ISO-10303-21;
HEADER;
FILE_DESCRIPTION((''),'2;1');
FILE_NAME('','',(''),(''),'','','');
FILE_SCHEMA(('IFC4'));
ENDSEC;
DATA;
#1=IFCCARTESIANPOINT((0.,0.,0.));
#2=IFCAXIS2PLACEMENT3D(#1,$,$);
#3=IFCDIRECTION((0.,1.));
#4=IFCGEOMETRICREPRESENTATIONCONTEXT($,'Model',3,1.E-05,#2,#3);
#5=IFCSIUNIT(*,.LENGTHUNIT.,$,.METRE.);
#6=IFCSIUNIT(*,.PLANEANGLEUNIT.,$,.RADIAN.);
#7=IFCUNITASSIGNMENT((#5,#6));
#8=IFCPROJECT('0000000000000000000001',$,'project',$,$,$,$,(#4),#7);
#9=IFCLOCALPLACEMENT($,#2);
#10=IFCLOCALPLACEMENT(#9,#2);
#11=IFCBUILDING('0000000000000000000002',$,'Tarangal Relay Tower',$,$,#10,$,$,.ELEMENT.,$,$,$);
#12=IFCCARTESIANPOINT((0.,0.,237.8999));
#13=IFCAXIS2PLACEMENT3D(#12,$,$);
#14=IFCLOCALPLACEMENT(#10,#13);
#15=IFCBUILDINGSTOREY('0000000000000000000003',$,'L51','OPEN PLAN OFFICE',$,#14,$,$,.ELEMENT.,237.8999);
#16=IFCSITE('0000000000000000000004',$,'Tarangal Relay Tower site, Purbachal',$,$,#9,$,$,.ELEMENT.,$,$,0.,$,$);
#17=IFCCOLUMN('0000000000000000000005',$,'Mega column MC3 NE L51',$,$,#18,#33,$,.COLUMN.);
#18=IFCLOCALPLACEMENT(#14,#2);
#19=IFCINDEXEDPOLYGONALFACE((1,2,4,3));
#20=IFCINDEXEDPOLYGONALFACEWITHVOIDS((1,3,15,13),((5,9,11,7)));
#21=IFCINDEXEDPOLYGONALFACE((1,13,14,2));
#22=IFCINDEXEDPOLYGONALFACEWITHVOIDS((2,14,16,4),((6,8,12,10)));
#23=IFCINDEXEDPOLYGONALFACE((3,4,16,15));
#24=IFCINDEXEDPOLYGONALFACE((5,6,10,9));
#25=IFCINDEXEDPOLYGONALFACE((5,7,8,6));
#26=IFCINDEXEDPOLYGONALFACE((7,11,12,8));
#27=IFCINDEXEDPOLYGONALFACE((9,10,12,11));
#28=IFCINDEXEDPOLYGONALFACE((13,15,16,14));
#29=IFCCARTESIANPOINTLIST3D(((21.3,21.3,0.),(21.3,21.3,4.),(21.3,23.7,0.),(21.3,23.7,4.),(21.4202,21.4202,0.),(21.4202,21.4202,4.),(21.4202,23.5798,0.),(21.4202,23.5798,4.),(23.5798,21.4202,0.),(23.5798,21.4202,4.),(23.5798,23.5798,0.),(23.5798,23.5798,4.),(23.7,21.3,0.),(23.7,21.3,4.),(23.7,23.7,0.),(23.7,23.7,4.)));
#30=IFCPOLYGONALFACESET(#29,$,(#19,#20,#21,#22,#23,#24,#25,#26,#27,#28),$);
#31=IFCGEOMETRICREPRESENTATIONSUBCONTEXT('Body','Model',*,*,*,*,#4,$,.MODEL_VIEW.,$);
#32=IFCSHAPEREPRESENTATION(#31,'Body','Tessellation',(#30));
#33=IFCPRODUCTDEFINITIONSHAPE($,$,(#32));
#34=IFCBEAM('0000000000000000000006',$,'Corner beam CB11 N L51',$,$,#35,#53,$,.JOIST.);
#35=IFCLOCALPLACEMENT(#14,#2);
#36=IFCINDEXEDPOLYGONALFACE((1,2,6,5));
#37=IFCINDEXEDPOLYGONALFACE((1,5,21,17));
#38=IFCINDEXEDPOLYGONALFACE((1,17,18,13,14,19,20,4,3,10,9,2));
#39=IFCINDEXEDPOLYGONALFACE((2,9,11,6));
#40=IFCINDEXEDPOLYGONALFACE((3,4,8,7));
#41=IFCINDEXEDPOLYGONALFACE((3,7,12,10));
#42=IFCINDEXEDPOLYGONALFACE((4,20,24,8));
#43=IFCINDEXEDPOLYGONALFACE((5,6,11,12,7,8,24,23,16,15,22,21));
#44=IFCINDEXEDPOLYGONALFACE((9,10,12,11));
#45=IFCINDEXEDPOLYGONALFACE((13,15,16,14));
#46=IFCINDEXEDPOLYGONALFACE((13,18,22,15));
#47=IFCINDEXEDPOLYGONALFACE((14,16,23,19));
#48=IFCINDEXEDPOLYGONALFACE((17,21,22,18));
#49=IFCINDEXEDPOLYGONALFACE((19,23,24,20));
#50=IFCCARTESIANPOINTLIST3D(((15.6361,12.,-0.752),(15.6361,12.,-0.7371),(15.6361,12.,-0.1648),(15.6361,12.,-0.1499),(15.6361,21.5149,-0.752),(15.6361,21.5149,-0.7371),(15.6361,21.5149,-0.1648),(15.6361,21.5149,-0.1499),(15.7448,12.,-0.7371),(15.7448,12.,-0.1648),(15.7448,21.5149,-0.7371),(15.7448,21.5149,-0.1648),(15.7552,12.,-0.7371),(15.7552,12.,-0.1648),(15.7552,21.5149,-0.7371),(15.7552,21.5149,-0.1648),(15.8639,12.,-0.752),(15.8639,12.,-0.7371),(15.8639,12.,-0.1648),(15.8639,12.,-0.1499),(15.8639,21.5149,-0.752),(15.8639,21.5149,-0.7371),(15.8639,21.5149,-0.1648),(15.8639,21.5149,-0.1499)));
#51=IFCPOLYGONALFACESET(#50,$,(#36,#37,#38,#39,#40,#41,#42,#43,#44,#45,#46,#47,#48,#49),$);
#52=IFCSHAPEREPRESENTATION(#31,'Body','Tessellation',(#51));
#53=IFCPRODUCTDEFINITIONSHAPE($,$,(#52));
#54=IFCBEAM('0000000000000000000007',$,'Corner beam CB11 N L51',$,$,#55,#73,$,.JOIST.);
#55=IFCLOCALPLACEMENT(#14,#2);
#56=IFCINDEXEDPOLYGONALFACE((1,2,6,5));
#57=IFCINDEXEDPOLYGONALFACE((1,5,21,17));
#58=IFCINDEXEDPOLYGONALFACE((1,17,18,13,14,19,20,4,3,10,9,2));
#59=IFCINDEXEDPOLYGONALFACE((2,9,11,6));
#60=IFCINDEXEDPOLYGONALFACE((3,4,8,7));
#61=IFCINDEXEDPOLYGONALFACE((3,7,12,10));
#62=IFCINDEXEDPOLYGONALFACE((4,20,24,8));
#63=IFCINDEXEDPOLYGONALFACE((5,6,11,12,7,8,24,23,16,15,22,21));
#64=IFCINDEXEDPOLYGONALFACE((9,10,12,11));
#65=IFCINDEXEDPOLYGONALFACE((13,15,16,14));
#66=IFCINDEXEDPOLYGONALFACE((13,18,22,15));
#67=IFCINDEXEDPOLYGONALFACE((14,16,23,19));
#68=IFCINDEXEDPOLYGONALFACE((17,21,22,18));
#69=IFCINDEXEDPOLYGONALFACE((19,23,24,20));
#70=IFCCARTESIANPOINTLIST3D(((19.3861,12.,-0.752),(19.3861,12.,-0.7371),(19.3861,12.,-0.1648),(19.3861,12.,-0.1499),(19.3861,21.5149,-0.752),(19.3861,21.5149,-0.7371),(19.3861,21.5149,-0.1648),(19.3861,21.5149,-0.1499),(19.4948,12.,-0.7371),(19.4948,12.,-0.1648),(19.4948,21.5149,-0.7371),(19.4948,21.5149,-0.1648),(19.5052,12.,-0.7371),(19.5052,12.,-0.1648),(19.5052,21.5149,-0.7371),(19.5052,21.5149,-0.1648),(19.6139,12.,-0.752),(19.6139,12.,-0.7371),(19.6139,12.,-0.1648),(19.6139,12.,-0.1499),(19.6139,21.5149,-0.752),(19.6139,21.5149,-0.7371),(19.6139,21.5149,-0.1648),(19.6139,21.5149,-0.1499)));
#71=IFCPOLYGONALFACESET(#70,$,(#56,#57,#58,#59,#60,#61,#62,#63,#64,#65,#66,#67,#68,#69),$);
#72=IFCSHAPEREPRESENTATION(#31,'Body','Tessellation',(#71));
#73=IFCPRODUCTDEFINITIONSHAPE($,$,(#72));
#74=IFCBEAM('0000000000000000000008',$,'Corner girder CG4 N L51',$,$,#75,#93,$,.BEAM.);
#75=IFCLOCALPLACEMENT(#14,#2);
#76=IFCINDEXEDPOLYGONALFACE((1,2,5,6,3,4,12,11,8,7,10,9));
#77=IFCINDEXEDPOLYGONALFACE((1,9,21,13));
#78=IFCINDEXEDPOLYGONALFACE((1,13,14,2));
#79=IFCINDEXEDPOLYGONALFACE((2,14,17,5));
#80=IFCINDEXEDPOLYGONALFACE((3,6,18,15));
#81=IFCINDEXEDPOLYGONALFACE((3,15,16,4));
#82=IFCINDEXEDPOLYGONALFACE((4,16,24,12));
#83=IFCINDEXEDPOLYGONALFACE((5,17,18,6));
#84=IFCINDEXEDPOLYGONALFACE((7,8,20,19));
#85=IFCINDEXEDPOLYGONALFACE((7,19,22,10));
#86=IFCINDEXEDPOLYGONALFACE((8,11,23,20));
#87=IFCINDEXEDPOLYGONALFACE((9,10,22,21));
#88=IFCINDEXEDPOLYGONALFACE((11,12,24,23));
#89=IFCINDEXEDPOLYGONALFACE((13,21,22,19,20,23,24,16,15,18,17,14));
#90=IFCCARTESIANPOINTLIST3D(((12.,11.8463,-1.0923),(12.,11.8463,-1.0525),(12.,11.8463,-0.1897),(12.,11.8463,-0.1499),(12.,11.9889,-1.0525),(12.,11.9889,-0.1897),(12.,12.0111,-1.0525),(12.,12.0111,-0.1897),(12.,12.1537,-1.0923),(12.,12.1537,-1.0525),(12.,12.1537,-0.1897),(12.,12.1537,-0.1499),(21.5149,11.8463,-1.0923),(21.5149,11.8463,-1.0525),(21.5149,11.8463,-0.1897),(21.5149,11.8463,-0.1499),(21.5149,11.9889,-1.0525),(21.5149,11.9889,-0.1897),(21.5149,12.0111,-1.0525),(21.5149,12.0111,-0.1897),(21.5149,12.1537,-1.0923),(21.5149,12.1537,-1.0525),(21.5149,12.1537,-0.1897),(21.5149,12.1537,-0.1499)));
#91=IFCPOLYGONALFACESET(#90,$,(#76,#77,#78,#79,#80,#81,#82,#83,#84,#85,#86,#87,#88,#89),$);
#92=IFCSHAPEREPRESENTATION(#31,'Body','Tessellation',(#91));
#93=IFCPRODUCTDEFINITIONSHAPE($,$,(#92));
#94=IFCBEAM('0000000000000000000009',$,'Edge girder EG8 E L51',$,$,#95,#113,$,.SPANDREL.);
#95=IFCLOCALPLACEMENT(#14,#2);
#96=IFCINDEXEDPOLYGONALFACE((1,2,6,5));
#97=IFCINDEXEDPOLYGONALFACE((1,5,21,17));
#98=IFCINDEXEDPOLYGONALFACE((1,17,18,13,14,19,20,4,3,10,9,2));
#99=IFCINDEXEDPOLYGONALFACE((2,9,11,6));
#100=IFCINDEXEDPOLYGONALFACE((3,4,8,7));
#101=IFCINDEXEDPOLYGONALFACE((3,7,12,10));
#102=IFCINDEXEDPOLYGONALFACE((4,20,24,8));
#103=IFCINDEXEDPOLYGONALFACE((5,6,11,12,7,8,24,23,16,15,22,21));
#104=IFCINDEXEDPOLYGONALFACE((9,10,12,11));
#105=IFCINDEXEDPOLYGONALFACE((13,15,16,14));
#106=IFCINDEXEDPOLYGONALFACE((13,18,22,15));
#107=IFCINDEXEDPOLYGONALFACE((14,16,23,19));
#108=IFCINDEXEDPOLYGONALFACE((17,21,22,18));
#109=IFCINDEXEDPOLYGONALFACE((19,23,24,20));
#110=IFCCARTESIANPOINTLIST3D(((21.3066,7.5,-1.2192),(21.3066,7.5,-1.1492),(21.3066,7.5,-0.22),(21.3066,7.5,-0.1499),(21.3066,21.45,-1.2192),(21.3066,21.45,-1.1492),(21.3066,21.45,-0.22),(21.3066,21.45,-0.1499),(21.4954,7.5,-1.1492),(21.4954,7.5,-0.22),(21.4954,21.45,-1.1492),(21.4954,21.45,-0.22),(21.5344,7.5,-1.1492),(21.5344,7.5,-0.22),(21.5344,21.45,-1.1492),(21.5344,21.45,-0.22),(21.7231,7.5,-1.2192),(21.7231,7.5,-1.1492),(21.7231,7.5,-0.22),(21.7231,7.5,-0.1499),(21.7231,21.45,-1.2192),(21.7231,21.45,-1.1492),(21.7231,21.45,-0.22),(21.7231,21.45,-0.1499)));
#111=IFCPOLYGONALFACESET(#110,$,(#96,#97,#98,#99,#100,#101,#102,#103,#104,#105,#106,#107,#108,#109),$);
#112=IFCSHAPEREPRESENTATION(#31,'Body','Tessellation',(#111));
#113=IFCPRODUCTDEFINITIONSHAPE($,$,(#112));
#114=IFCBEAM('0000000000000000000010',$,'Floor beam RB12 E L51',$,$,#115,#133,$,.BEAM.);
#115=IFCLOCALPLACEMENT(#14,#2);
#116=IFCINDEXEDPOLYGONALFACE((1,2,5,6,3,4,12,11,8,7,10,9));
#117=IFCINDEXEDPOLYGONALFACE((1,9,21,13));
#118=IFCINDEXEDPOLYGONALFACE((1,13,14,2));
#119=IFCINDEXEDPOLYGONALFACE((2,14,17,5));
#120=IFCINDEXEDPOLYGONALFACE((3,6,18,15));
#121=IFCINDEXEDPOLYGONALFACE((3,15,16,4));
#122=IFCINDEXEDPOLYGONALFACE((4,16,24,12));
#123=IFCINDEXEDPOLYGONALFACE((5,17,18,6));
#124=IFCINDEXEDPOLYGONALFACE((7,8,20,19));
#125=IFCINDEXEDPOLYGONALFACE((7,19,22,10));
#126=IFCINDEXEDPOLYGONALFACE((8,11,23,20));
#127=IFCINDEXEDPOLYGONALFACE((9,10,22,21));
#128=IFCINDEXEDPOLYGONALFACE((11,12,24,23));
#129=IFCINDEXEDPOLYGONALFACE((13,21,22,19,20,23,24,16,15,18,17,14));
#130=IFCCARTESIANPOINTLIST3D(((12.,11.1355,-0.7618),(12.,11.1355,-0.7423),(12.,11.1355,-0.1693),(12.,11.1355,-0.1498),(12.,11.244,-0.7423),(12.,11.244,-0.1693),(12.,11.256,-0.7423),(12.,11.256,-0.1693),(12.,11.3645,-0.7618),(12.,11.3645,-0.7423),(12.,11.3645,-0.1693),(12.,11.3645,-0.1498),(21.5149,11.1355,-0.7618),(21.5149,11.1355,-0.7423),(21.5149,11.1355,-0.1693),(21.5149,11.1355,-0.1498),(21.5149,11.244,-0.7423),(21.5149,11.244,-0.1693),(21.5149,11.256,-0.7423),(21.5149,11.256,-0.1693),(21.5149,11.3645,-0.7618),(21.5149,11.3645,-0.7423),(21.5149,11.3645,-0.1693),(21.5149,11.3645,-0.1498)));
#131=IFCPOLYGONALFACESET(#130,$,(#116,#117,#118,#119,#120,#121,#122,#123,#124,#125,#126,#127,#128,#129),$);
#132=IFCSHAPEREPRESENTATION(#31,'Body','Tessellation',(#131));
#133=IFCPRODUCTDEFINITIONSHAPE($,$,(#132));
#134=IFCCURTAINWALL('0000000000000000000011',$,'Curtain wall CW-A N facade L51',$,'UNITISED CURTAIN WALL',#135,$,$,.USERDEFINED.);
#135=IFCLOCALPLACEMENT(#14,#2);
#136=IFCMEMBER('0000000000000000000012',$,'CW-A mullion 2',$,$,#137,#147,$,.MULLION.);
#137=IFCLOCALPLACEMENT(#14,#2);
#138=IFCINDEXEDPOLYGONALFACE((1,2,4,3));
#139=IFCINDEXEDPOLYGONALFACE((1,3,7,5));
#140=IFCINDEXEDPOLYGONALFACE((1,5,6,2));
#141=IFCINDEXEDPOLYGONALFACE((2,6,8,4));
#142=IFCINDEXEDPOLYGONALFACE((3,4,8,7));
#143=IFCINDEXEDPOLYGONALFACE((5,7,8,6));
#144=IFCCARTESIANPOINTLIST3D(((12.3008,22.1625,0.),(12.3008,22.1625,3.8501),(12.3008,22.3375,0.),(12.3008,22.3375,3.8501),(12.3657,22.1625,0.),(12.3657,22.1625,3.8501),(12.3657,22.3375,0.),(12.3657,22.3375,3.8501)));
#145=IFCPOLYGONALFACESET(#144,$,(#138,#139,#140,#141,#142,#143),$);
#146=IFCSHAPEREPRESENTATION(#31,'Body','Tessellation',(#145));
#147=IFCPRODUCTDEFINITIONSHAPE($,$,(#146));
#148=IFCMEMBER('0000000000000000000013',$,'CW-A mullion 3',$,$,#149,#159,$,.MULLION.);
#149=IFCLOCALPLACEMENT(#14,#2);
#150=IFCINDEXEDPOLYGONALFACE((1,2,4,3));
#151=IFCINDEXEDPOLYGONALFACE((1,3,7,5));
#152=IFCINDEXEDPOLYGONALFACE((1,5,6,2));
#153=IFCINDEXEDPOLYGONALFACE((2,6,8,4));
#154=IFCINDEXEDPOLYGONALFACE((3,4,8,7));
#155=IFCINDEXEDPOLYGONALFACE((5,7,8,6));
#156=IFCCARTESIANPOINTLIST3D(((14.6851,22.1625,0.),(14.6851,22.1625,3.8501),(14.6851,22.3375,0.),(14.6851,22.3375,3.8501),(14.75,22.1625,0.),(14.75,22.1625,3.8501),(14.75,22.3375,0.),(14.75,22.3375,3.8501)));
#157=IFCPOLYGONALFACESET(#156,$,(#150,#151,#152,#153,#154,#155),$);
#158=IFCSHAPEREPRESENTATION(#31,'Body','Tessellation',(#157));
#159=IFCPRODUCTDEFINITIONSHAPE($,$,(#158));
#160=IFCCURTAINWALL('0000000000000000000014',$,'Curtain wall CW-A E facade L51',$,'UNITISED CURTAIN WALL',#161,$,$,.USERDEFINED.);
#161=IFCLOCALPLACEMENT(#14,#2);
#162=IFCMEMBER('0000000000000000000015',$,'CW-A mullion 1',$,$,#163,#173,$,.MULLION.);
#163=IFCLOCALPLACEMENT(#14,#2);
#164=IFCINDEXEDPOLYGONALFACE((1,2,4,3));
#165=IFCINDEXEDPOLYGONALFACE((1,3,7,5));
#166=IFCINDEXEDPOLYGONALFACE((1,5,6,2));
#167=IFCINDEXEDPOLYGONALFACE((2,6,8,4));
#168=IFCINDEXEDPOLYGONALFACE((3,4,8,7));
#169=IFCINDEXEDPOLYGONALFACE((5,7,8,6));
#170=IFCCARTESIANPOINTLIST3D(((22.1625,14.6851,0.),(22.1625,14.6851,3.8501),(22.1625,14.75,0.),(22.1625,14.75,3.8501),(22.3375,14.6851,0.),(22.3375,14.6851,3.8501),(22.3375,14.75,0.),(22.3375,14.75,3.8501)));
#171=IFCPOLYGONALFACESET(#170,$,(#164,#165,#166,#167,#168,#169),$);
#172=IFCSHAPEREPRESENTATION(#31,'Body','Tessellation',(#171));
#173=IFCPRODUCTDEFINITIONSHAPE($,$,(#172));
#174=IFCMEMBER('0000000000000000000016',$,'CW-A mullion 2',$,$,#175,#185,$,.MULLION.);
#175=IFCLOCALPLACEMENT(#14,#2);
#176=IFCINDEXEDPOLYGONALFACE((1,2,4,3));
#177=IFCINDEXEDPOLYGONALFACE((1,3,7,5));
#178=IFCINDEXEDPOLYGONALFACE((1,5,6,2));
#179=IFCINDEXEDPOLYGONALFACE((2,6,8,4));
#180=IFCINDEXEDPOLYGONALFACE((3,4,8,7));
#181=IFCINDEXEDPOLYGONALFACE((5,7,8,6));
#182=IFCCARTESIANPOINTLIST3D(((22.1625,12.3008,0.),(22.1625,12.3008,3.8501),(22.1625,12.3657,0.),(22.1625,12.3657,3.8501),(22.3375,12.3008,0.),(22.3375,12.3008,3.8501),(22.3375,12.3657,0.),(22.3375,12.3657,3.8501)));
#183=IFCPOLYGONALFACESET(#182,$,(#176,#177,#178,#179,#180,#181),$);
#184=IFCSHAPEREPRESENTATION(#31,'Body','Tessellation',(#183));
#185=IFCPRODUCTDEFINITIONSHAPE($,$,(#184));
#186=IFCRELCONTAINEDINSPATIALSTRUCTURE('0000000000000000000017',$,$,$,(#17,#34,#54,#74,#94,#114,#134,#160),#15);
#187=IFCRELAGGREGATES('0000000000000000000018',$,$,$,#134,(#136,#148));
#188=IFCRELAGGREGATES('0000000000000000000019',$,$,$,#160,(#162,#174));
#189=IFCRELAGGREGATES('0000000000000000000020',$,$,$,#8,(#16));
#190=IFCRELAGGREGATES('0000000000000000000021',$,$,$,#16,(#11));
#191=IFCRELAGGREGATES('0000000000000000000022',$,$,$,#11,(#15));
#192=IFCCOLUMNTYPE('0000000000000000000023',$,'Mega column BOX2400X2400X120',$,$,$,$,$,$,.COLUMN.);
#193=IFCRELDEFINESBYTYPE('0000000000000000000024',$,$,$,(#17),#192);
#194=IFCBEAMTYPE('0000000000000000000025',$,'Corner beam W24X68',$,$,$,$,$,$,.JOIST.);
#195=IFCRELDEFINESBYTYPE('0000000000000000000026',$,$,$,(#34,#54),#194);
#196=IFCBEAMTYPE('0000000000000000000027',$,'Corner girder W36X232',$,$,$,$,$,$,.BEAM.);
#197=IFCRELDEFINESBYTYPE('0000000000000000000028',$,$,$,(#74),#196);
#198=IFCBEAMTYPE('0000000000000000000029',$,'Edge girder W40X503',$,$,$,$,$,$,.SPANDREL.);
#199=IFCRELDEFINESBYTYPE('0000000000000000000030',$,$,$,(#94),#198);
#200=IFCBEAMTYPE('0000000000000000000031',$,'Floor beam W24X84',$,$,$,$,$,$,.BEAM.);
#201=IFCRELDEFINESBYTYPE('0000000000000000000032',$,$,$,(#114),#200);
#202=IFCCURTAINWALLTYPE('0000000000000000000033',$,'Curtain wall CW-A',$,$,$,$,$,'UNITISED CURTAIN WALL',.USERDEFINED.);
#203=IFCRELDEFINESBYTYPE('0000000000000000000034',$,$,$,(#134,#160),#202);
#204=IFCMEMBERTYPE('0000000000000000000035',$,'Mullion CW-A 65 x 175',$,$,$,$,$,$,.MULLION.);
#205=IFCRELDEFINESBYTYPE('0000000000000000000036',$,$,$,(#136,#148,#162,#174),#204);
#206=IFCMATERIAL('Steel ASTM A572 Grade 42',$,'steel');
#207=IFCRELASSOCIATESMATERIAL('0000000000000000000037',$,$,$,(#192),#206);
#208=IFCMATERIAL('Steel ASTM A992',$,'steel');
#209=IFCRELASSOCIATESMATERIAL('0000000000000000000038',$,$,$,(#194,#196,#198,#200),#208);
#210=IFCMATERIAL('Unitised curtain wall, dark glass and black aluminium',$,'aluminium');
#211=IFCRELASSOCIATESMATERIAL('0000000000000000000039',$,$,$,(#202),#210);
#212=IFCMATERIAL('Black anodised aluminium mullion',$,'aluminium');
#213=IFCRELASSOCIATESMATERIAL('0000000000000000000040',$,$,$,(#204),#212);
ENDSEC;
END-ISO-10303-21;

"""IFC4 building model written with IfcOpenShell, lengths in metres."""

from ifc_helpers import new_model, si_unit, direction, frame, origin, origin_2d, place, context, subcontext, project, spatial, rectangle, hollow_rectangle, i_section, extrude, material, material_profile, profile_set, type_object, element, aggregate, save


model = new_model("IFC4")

# Units and contexts
model_context = context("Model", 3, precision=1e-05, world=origin(), true_north=direction((0.0, 1.0)))
body_context = subcontext(model_context, "Body", "Model", "MODEL_VIEW")
ifc_project = project(units=[si_unit("LENGTHUNIT", "METRE"), si_unit("PLANEANGLEUNIT", "RADIAN")], contexts=[model_context])

# Site, building, storey
site_placement = place(None, origin())
site = spatial("IfcSite", under=ifc_project, at=site_placement, Name="Tarangal Relay Tower site, Purbachal", CompositionType="ELEMENT", RefElevation=0.0)
building_placement = place(site_placement, origin())
building = spatial("IfcBuilding", under=site, at=building_placement, Name="Tarangal Relay Tower", CompositionType="ELEMENT")
storey_placement = place(building_placement, frame((0.0, 0.0, 237.8999)))
storey = spatial("IfcBuildingStorey", under=building, at=storey_placement, Name="L51", Description="OPEN PLAN OFFICE", CompositionType="ELEMENT", Elevation=237.8999)

# Column
ifc_material_1 = material(Name="Steel ASTM A572 Grade 42", Category="steel")
ifc_material_profile_1 = material_profile(ifc_material_1, hollow_rectangle(XDim=2.3999, YDim=2.3999, WallThickness=0.1201, at=origin_2d()), Name="BOX2400X2400X120")
ifc_profile_set_1 = profile_set([ifc_material_profile_1], Name="Steel ASTM A572 Grade 42")
column_type = type_object("IfcColumnType", Name="Mega column BOX2400X2400X120", PredefinedType="COLUMN", material=ifc_profile_set_1)
column_placement = place(storey_placement, frame((22.5, 22.5, 0.0), z_axis=(0.0, 0.0, 1.0), x_axis=(1.0, 0.0, 0.0)))
element("IfcColumn", 1, at=column_placement, inside=storey, type_object=column_type, Name="Mega column MC3 NE L51", PredefinedType="COLUMN", context=body_context, shape_type="SweptSolid", body=[
    extrude(hollow_rectangle(XDim=2.3999, YDim=2.3999, WallThickness=0.1201, at=origin_2d()), origin(), (0.0, 0.0, 1.0), 4.0),
])

# Beams
ifc_material_2 = material(Name="Steel ASTM A992", Category="steel")
ifc_material_profile_2 = material_profile(ifc_material_2, i_section(OverallWidth=0.2278, OverallDepth=0.6021, WebThickness=0.0105, FlangeThickness=0.0149, at=origin_2d()), Name="W24X68")
ifc_profile_set_2 = profile_set([ifc_material_profile_2], Name="Steel ASTM A992")
beam_type_1 = type_object("IfcBeamType", Name="Corner beam W24X68", PredefinedType="JOIST", material=ifc_profile_set_2)
for number, where, z_axis, x_axis, name in (
    (2, (15.75, 12.0, -0.4509), (0.0, 1.0, 0.0), (-1.0, 0.0, 0.0), "Corner beam CB11 N L51"),
    (3, (19.5, 12.0, -0.4509), (0.0, 1.0, 0.0), (-1.0, 0.0, 0.0), "Corner beam CB11 N L51"),
):
    element("IfcBeam", number, at=place(storey_placement, frame(where, z_axis=z_axis, x_axis=x_axis)), inside=storey, type_object=beam_type_1, Name=name, PredefinedType="JOIST", context=body_context, shape_type="SweptSolid", body=[
        extrude(i_section(OverallWidth=0.2278, OverallDepth=0.6021, WebThickness=0.0105, FlangeThickness=0.0149, at=origin_2d()), origin(), (0.0, 0.0, 1.0), 9.5149),
    ])
ifc_material_profile_3 = material_profile(ifc_material_2, i_section(OverallWidth=0.3074, OverallDepth=0.9424, WebThickness=0.0222, FlangeThickness=0.0398, at=origin_2d()), Name="W36X232")
ifc_profile_set_3 = profile_set([ifc_material_profile_3], Name="Steel ASTM A992")
beam_type_2 = type_object("IfcBeamType", Name="Corner girder W36X232", PredefinedType="BEAM", material=ifc_profile_set_3)
beam_1_placement = place(storey_placement, frame((12.0, 12.0, -0.6211), z_axis=(1.0, 0.0, 0.0), x_axis=(0.0, 1.0, 0.0)))
element("IfcBeam", 4, at=beam_1_placement, inside=storey, type_object=beam_type_2, Name="Corner girder CG4 N L51", PredefinedType="BEAM", context=body_context, shape_type="SweptSolid", body=[
    extrude(i_section(OverallWidth=0.3074, OverallDepth=0.9424, WebThickness=0.0222, FlangeThickness=0.0398, at=origin_2d()), origin(), (0.0, 0.0, 1.0), 9.5149),
])
ifc_material_profile_4 = material_profile(ifc_material_2, i_section(OverallWidth=0.4165, OverallDepth=1.0693, WebThickness=0.0391, FlangeThickness=0.0701, at=origin_2d()), Name="W40X503")
ifc_profile_set_4 = profile_set([ifc_material_profile_4], Name="Steel ASTM A992")
beam_type_3 = type_object("IfcBeamType", Name="Edge girder W40X503", PredefinedType="SPANDREL", material=ifc_profile_set_4)
beam_2_placement = place(storey_placement, frame((21.5149, 21.45, -0.6846), z_axis=(0.0, -1.0, 0.0), x_axis=(1.0, 0.0, 0.0)))
element("IfcBeam", 5, at=beam_2_placement, inside=storey, type_object=beam_type_3, Name="Edge girder EG8 E L51", PredefinedType="SPANDREL", context=body_context, shape_type="SweptSolid", body=[
    extrude(i_section(OverallWidth=0.4165, OverallDepth=1.0693, WebThickness=0.0391, FlangeThickness=0.0701, at=origin_2d()), origin(), (0.0, 0.0, 1.0), 13.95),
])
ifc_material_profile_5 = material_profile(ifc_material_2, i_section(OverallWidth=0.229, OverallDepth=0.6121, WebThickness=0.012, FlangeThickness=0.0195, at=origin_2d()), Name="W24X84")
ifc_profile_set_5 = profile_set([ifc_material_profile_5], Name="Steel ASTM A992")
beam_type_4 = type_object("IfcBeamType", Name="Floor beam W24X84", PredefinedType="BEAM", material=ifc_profile_set_5)
beam_3_placement = place(storey_placement, frame((12.0, 11.25, -0.4558), z_axis=(1.0, 0.0, 0.0), x_axis=(0.0, 1.0, 0.0)))
element("IfcBeam", 6, at=beam_3_placement, inside=storey, type_object=beam_type_4, Name="Floor beam RB12 E L51", PredefinedType="BEAM", context=body_context, shape_type="SweptSolid", body=[
    extrude(i_section(OverallWidth=0.229, OverallDepth=0.6121, WebThickness=0.012, FlangeThickness=0.0195, at=origin_2d()), origin(), (0.0, 0.0, 1.0), 9.5149),
])

# Curtain walls, members
ifc_material_3 = material(Name="Unitised curtain wall, dark glass and black aluminium", Category="aluminium")
curtain_wall_type = type_object("IfcCurtainWallType", Name="Curtain wall CW-A", ElementType="UNITISED CURTAIN WALL", PredefinedType="USERDEFINED", material=ifc_material_3)
curtain_wall_1_placement = place(storey_placement, origin())
curtain_wall_1 = element("IfcCurtainWall", 7, at=curtain_wall_1_placement, inside=storey, type_object=curtain_wall_type, Name="Curtain wall CW-A N facade L51", ObjectType="UNITISED CURTAIN WALL", PredefinedType="USERDEFINED")
ifc_material_4 = material(Name="Black anodised aluminium mullion", Category="aluminium")
ifc_material_profile_6 = material_profile(ifc_material_4, rectangle(XDim=0.175, YDim=0.0649, at=origin_2d()), Name="CW-AM 65X175")
ifc_profile_set_6 = profile_set([ifc_material_profile_6], Name="Black anodised aluminium mullion")
member_type_1 = type_object("IfcMemberType", Name="Mullion CW-A 65 x 175", PredefinedType="MULLION", material=ifc_profile_set_6)
member_1_placement = place(storey_placement, frame((12.3333, 22.25, 0.0), z_axis=(0.0, 0.0, 1.0), x_axis=(0.0, 1.0, 0.0)))
member_1 = element("IfcMember", 8, at=member_1_placement, type_object=member_type_1, Name="CW-A mullion 2", PredefinedType="MULLION", context=body_context, shape_type="SweptSolid", body=[
    extrude(rectangle(XDim=0.175, YDim=0.0649, at=origin_2d()), origin(), (0.0, 0.0, 1.0), 3.8501),
])
member_2_placement = place(storey_placement, frame((14.7175, 22.25, 0.0), z_axis=(0.0, 0.0, 1.0), x_axis=(0.0, 1.0, 0.0)))
member_2 = element("IfcMember", 9, at=member_2_placement, type_object=member_type_1, Name="CW-A mullion 3", PredefinedType="MULLION", context=body_context, shape_type="SweptSolid", body=[
    extrude(rectangle(XDim=0.175, YDim=0.0649, at=origin_2d()), origin(), (0.0, 0.0, 1.0), 3.8501),
])
curtain_wall_2_placement = place(storey_placement, origin())
curtain_wall_2 = element("IfcCurtainWall", 10, at=curtain_wall_2_placement, inside=storey, type_object=curtain_wall_type, Name="Curtain wall CW-A E facade L51", ObjectType="UNITISED CURTAIN WALL", PredefinedType="USERDEFINED")
member_3_placement = place(storey_placement, frame((22.25, 14.7175, 0.0), z_axis=(0.0, 0.0, 1.0), x_axis=(1.0, 0.0, 0.0)))
member_3 = element("IfcMember", 11, at=member_3_placement, type_object=member_type_1, Name="CW-A mullion 1", PredefinedType="MULLION", context=body_context, shape_type="SweptSolid", body=[
    extrude(rectangle(XDim=0.175, YDim=0.0649, at=origin_2d()), origin(), (0.0, 0.0, 1.0), 3.8501),
])
member_4_placement = place(storey_placement, frame((22.25, 12.3333, 0.0), z_axis=(0.0, 0.0, 1.0), x_axis=(1.0, 0.0, 0.0)))
member_4 = element("IfcMember", 12, at=member_4_placement, type_object=member_type_1, Name="CW-A mullion 2", PredefinedType="MULLION", context=body_context, shape_type="SweptSolid", body=[
    extrude(rectangle(XDim=0.175, YDim=0.0649, at=origin_2d()), origin(), (0.0, 0.0, 1.0), 3.8501),
])

aggregate(curtain_wall_1, [member_1, member_2])
aggregate(curtain_wall_2, [member_3, member_4])

save(model, "model.ifc")
